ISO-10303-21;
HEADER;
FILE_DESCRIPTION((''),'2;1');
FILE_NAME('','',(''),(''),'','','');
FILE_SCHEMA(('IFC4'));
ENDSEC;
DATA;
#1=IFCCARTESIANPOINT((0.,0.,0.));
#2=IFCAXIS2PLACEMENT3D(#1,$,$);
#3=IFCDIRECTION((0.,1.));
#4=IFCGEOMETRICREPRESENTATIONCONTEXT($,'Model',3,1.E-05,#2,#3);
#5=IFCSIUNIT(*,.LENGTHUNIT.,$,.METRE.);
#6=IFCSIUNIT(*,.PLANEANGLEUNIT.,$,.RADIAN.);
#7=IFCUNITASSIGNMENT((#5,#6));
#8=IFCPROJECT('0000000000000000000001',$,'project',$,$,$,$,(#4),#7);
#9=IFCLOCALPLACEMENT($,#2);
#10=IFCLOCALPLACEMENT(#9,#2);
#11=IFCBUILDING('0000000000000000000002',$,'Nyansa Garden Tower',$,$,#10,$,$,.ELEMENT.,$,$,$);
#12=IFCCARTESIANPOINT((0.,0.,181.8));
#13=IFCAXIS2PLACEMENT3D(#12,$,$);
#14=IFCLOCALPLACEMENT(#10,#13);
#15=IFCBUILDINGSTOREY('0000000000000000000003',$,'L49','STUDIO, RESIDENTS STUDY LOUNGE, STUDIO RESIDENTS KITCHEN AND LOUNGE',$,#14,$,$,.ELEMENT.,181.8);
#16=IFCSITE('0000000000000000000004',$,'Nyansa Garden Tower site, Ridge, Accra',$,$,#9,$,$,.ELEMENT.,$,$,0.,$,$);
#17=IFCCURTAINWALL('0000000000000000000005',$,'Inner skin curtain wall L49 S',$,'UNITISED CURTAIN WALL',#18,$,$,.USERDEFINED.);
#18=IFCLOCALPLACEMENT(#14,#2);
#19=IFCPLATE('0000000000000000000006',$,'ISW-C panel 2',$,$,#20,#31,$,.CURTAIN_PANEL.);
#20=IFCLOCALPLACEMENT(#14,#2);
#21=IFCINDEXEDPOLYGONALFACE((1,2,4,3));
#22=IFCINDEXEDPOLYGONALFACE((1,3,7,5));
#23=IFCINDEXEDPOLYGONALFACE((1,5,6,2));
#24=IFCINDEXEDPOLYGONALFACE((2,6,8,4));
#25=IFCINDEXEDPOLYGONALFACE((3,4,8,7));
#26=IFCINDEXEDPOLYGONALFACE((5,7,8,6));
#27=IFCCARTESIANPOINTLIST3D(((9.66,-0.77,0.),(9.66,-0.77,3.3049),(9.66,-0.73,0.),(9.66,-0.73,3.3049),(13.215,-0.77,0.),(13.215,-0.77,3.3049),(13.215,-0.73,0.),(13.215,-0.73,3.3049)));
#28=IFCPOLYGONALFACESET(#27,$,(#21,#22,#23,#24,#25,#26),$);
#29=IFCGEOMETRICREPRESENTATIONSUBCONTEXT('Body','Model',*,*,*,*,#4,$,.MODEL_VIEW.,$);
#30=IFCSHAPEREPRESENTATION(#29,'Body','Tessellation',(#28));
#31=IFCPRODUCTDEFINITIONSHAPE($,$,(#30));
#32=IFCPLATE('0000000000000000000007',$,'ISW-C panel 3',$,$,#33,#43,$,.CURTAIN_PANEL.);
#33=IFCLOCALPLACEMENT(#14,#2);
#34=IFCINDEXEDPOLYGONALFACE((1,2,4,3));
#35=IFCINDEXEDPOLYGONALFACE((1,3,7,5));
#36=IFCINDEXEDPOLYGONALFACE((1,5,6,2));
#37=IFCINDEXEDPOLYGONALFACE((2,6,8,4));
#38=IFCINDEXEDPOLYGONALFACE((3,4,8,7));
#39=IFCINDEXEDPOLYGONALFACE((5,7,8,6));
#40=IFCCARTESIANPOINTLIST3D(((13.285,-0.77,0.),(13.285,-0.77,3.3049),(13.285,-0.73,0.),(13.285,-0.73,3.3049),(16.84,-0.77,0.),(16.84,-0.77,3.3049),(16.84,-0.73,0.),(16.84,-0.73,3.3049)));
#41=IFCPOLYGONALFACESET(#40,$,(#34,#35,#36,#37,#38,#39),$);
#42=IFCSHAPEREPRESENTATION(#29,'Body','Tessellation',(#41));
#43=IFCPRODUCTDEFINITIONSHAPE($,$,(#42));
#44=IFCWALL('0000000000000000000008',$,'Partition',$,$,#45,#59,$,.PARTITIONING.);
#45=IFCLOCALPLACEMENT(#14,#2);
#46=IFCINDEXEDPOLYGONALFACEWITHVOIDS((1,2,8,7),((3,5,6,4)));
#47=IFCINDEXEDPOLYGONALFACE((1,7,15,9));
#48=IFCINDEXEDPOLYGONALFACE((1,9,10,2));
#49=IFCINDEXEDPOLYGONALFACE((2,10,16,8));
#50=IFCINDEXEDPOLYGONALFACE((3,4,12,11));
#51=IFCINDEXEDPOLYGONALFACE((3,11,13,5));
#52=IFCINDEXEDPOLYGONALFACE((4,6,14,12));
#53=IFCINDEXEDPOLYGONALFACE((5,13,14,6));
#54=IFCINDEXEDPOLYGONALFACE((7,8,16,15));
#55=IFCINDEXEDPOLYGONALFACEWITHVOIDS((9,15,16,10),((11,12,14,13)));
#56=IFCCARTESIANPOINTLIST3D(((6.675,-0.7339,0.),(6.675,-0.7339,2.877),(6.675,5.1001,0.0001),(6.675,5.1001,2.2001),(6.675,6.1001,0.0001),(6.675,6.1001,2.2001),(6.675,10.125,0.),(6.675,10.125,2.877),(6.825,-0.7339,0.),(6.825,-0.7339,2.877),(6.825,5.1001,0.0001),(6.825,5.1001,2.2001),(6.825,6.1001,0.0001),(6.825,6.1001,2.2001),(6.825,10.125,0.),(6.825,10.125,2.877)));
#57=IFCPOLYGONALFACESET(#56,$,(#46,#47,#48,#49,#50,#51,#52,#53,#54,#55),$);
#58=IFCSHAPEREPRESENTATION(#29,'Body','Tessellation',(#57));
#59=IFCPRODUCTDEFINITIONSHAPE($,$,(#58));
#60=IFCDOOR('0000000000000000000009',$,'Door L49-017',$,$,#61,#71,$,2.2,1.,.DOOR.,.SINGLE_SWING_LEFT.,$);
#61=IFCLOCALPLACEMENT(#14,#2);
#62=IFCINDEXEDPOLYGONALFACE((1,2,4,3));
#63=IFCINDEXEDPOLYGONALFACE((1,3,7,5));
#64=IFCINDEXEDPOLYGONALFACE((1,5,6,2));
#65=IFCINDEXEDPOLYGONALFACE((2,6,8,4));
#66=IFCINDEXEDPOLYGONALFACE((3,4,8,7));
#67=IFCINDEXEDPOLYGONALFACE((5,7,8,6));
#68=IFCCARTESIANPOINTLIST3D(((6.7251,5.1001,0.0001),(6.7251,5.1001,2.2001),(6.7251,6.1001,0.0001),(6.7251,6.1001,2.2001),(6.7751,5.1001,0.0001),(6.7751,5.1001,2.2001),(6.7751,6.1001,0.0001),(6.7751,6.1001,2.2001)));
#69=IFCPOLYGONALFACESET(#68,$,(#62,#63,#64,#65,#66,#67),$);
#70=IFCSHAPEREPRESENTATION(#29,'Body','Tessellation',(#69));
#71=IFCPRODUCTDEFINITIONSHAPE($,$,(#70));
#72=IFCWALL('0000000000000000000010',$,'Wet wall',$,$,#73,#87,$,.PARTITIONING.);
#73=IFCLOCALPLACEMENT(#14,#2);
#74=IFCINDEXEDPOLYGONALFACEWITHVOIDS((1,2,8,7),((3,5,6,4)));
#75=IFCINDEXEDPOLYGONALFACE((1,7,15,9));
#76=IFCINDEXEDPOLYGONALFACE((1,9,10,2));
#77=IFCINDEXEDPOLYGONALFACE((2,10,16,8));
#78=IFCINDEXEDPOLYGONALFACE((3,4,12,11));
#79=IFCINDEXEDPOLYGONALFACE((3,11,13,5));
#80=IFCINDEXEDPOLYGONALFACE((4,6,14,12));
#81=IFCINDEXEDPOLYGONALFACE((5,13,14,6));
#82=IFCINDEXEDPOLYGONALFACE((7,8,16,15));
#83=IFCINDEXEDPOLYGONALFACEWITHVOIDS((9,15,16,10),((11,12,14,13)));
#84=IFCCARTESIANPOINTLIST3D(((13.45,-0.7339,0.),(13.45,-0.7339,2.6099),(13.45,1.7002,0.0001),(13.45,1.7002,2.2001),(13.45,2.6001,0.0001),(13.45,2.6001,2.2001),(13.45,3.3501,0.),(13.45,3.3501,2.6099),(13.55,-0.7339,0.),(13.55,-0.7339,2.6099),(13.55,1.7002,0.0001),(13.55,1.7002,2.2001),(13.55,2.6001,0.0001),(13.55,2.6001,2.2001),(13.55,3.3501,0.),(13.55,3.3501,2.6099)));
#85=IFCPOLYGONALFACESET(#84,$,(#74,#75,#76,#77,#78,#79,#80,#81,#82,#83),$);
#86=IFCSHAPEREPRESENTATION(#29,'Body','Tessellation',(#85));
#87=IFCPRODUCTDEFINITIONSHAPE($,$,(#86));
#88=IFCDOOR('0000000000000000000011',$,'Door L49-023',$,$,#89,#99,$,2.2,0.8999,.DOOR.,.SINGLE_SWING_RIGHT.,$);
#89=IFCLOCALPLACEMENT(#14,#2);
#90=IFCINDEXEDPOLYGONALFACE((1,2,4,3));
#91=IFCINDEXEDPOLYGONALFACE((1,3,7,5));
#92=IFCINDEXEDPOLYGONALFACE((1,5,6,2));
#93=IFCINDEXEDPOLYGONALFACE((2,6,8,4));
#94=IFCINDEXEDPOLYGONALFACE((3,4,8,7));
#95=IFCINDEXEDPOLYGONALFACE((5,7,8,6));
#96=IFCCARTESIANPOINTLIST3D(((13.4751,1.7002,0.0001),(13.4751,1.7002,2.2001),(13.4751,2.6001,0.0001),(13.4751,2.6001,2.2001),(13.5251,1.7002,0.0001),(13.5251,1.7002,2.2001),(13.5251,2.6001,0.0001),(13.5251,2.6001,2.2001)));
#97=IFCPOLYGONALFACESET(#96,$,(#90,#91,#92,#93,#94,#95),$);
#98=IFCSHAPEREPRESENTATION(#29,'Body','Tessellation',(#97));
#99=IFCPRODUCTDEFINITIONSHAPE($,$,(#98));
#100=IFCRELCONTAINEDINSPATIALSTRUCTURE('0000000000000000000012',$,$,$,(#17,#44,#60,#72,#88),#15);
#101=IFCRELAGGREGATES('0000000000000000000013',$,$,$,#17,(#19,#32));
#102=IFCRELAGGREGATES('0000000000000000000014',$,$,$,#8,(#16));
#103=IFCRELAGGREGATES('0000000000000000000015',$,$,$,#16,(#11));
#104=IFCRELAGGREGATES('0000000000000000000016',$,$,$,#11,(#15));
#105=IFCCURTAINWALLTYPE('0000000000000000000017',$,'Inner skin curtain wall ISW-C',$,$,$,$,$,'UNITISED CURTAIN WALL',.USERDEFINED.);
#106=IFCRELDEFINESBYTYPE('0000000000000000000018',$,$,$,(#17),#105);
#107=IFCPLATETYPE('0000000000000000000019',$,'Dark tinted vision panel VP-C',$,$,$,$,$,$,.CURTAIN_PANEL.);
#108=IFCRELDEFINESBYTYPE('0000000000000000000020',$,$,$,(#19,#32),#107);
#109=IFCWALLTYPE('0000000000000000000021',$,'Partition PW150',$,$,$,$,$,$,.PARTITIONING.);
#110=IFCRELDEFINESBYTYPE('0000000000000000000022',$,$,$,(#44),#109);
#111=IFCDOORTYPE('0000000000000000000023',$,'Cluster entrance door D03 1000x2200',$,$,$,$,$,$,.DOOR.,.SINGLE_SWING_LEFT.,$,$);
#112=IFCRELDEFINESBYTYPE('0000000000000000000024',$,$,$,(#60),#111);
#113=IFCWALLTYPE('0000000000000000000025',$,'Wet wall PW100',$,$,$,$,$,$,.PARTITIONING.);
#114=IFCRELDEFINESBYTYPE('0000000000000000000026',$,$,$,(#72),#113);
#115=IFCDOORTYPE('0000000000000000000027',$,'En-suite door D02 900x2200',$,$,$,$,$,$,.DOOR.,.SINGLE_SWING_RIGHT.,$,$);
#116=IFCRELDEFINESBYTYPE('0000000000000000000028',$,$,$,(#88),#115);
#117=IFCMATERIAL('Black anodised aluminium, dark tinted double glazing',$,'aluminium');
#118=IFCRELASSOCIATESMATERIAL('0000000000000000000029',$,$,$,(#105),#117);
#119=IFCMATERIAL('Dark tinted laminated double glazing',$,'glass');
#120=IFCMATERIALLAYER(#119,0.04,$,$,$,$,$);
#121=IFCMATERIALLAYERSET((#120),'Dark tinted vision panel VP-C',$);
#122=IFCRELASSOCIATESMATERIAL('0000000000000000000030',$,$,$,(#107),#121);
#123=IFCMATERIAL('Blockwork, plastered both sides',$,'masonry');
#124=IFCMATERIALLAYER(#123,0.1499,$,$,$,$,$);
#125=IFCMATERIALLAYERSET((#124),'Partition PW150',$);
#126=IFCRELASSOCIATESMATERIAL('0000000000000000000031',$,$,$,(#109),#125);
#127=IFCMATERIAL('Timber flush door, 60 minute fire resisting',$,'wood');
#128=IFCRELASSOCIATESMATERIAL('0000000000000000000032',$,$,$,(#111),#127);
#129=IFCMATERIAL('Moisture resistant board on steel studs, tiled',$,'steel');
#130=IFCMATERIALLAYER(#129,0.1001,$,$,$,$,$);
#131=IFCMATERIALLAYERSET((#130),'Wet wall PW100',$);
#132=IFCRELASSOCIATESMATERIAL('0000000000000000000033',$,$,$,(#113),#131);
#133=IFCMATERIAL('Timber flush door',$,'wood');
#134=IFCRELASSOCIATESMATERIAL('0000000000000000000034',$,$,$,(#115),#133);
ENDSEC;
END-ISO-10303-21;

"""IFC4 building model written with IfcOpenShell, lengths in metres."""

from ifc_helpers import new_model, si_unit, direction, frame, frame_2d, origin, origin_2d, place, context, subcontext, project, spatial, rectangle, extrude, material, layer, layer_set, type_object, element, fill, aggregate, save


model = new_model("IFC4")

# Units and contexts
model_context = context("Model", 3, precision=1e-05, world=origin(), true_north=direction((0.0, 1.0)))
body_context = subcontext(model_context, "Body", "Model", "MODEL_VIEW")
ifc_project = project(units=[si_unit("LENGTHUNIT", "METRE"), si_unit("PLANEANGLEUNIT", "RADIAN")], contexts=[model_context])

# Site, building, storey
site_placement = place(None, origin())
site = spatial("IfcSite", under=ifc_project, at=site_placement, Name="Nyansa Garden Tower site, Ridge, Accra", CompositionType="ELEMENT", RefElevation=0.0)
building_placement = place(site_placement, origin())
building = spatial("IfcBuilding", under=site, at=building_placement, Name="Nyansa Garden Tower", CompositionType="ELEMENT")
storey_placement = place(building_placement, frame((0.0, 0.0, 181.8)))
storey = spatial("IfcBuildingStorey", under=building, at=storey_placement, Name="L49", Description="STUDIO, RESIDENTS STUDY LOUNGE, STUDIO RESIDENTS KITCHEN AND LOUNGE", CompositionType="ELEMENT", Elevation=181.8)

# Curtain wall
ifc_material_1 = material(Name="Black anodised aluminium, dark tinted double glazing", Category="aluminium")
curtain_wall_type = type_object("IfcCurtainWallType", Name="Inner skin curtain wall ISW-C", ElementType="UNITISED CURTAIN WALL", PredefinedType="USERDEFINED", material=ifc_material_1)
curtain_wall_placement = place(storey_placement, origin())
curtain_wall = element("IfcCurtainWall", 1, at=curtain_wall_placement, inside=storey, type_object=curtain_wall_type, Name="Inner skin curtain wall L49 S", ObjectType="UNITISED CURTAIN WALL", PredefinedType="USERDEFINED")

# Plates
ifc_material_2 = material(Name="Dark tinted laminated double glazing", Category="glass")
ifc_layer_1 = layer(ifc_material_2, 0.04)
ifc_layer_set_1 = layer_set([ifc_layer_1], Name="Dark tinted vision panel VP-C")
plate_type = type_object("IfcPlateType", Name="Dark tinted vision panel VP-C", PredefinedType="CURTAIN_PANEL", material=ifc_layer_set_1)
plate_1_placement = place(storey_placement, frame((11.4375, -0.75, 0.0), z_axis=(0.0, 0.0, 1.0), x_axis=(1.0, 0.0, 0.0)))
plate_1 = element("IfcPlate", 2, at=plate_1_placement, type_object=plate_type, Name="ISW-C panel 2", PredefinedType="CURTAIN_PANEL", context=body_context, shape_type="SweptSolid", body=[
    extrude(rectangle(XDim=3.5549, YDim=0.04, at=origin_2d()), origin(), (0.0, 0.0, 1.0), 3.3049),
])
plate_2_placement = place(storey_placement, frame((15.0625, -0.75, 0.0), z_axis=(0.0, 0.0, 1.0), x_axis=(1.0, 0.0, 0.0)))
plate_2 = element("IfcPlate", 3, at=plate_2_placement, type_object=plate_type, Name="ISW-C panel 3", PredefinedType="CURTAIN_PANEL", context=body_context, shape_type="SweptSolid", body=[
    extrude(rectangle(XDim=3.5549, YDim=0.04, at=origin_2d()), origin(), (0.0, 0.0, 1.0), 3.3049),
])
aggregate(curtain_wall, [plate_1, plate_2])

# Walls, openings, doors
ifc_material_3 = material(Name="Blockwork, plastered both sides", Category="masonry")
ifc_layer_2 = layer(ifc_material_3, 0.1499)
ifc_layer_set_2 = layer_set([ifc_layer_2], Name="Partition PW150")
wall_type_1 = type_object("IfcWallType", Name="Partition PW150", PredefinedType="PARTITIONING", material=ifc_layer_set_2)
wall_1_placement = place(storey_placement, frame((6.75, -0.7339, 0.0), z_axis=(0.0, 0.0, 1.0), x_axis=(0.0, 1.0, 0.0)))
wall_1 = element("IfcWall", 4, at=wall_1_placement, inside=storey, type_object=wall_type_1, Name="Partition", PredefinedType="PARTITIONING", context=body_context, shape_type="SweptSolid", body=[
    extrude(rectangle(XDim=10.8589, YDim=0.1499, at=frame_2d((5.4294, 0.0))), origin(), (0.0, 0.0, 1.0), 2.877),
])
opening_1_placement = place(wall_1_placement, frame((5.834, 0.0, 0.0)))
opening_1 = element("IfcOpeningElement", 5, at=opening_1_placement, cuts=wall_1, PredefinedType="OPENING", context=body_context, shape_type="SweptSolid", body=[
    extrude(rectangle(XDim=1.0, YDim=2.2, at=frame_2d((0.5, 1.1001))), frame((0.0, 0.085, 0.0), z_axis=(0.0, -1.0, 0.0), x_axis=(1.0, 0.0, 0.0)), (0.0, 0.0, 1.0), 0.1699),
])
ifc_material_4 = material(Name="Timber flush door, 60 minute fire resisting", Category="wood")
door_type_1 = type_object("IfcDoorType", Name="Cluster entrance door D03 1000x2200", OperationType="SINGLE_SWING_LEFT", PredefinedType="DOOR", material=ifc_material_4)
door_1_placement = place(opening_1_placement, origin())
door_1 = element("IfcDoor", 6, at=door_1_placement, inside=storey, type_object=door_type_1, Name="Door L49-017", OperationType="SINGLE_SWING_LEFT", OverallHeight=2.2, OverallWidth=1.0, PredefinedType="DOOR", context=body_context, shape_type="SweptSolid", body=[
    extrude(rectangle(XDim=1.0, YDim=2.2, at=frame_2d((0.5, 1.1001))), frame((0.0, 0.0249, 0.0), z_axis=(0.0, -1.0, 0.0), x_axis=(1.0, 0.0, 0.0)), (0.0, 0.0, 1.0), 0.05),
])
fill(opening_1, door_1)
ifc_material_5 = material(Name="Moisture resistant board on steel studs, tiled", Category="steel")
ifc_layer_3 = layer(ifc_material_5, 0.1001)
ifc_layer_set_3 = layer_set([ifc_layer_3], Name="Wet wall PW100")
wall_type_2 = type_object("IfcWallType", Name="Wet wall PW100", PredefinedType="PARTITIONING", material=ifc_layer_set_3)
wall_2_placement = place(storey_placement, frame((13.5, -0.7339, 0.0), z_axis=(0.0, 0.0, 1.0), x_axis=(0.0, 1.0, 0.0)))
wall_2 = element("IfcWall", 7, at=wall_2_placement, inside=storey, type_object=wall_type_2, Name="Wet wall", PredefinedType="PARTITIONING", context=body_context, shape_type="SweptSolid", body=[
    extrude(rectangle(XDim=4.084, YDim=0.1001, at=frame_2d((2.042, 0.0))), origin(), (0.0, 0.0, 1.0), 2.6099),
])
opening_2_placement = place(wall_2_placement, frame((2.4341, 0.0, 0.0)))
opening_2 = element("IfcOpeningElement", 8, at=opening_2_placement, cuts=wall_2, PredefinedType="OPENING", context=body_context, shape_type="SweptSolid", body=[
    extrude(rectangle(XDim=0.8999, YDim=2.2, at=frame_2d((0.45, 1.1001))), frame((0.0, 0.0601, 0.0), z_axis=(0.0, -1.0, 0.0), x_axis=(1.0, 0.0, 0.0)), (0.0, 0.0, 1.0), 0.1201),
])
ifc_material_6 = material(Name="Timber flush door", Category="wood")
door_type_2 = type_object("IfcDoorType", Name="En-suite door D02 900x2200", OperationType="SINGLE_SWING_RIGHT", PredefinedType="DOOR", material=ifc_material_6)
door_2_placement = place(opening_2_placement, origin())
door_2 = element("IfcDoor", 9, at=door_2_placement, inside=storey, type_object=door_type_2, Name="Door L49-023", OperationType="SINGLE_SWING_RIGHT", OverallHeight=2.2, OverallWidth=0.8999, PredefinedType="DOOR", context=body_context, shape_type="SweptSolid", body=[
    extrude(rectangle(XDim=0.8999, YDim=2.2, at=frame_2d((0.45, 1.1001))), frame((0.0, 0.0249, 0.0), z_axis=(0.0, -1.0, 0.0), x_axis=(1.0, 0.0, 0.0)), (0.0, 0.0, 1.0), 0.05),
])
fill(opening_2, door_2)

save(model, "model.ifc")
